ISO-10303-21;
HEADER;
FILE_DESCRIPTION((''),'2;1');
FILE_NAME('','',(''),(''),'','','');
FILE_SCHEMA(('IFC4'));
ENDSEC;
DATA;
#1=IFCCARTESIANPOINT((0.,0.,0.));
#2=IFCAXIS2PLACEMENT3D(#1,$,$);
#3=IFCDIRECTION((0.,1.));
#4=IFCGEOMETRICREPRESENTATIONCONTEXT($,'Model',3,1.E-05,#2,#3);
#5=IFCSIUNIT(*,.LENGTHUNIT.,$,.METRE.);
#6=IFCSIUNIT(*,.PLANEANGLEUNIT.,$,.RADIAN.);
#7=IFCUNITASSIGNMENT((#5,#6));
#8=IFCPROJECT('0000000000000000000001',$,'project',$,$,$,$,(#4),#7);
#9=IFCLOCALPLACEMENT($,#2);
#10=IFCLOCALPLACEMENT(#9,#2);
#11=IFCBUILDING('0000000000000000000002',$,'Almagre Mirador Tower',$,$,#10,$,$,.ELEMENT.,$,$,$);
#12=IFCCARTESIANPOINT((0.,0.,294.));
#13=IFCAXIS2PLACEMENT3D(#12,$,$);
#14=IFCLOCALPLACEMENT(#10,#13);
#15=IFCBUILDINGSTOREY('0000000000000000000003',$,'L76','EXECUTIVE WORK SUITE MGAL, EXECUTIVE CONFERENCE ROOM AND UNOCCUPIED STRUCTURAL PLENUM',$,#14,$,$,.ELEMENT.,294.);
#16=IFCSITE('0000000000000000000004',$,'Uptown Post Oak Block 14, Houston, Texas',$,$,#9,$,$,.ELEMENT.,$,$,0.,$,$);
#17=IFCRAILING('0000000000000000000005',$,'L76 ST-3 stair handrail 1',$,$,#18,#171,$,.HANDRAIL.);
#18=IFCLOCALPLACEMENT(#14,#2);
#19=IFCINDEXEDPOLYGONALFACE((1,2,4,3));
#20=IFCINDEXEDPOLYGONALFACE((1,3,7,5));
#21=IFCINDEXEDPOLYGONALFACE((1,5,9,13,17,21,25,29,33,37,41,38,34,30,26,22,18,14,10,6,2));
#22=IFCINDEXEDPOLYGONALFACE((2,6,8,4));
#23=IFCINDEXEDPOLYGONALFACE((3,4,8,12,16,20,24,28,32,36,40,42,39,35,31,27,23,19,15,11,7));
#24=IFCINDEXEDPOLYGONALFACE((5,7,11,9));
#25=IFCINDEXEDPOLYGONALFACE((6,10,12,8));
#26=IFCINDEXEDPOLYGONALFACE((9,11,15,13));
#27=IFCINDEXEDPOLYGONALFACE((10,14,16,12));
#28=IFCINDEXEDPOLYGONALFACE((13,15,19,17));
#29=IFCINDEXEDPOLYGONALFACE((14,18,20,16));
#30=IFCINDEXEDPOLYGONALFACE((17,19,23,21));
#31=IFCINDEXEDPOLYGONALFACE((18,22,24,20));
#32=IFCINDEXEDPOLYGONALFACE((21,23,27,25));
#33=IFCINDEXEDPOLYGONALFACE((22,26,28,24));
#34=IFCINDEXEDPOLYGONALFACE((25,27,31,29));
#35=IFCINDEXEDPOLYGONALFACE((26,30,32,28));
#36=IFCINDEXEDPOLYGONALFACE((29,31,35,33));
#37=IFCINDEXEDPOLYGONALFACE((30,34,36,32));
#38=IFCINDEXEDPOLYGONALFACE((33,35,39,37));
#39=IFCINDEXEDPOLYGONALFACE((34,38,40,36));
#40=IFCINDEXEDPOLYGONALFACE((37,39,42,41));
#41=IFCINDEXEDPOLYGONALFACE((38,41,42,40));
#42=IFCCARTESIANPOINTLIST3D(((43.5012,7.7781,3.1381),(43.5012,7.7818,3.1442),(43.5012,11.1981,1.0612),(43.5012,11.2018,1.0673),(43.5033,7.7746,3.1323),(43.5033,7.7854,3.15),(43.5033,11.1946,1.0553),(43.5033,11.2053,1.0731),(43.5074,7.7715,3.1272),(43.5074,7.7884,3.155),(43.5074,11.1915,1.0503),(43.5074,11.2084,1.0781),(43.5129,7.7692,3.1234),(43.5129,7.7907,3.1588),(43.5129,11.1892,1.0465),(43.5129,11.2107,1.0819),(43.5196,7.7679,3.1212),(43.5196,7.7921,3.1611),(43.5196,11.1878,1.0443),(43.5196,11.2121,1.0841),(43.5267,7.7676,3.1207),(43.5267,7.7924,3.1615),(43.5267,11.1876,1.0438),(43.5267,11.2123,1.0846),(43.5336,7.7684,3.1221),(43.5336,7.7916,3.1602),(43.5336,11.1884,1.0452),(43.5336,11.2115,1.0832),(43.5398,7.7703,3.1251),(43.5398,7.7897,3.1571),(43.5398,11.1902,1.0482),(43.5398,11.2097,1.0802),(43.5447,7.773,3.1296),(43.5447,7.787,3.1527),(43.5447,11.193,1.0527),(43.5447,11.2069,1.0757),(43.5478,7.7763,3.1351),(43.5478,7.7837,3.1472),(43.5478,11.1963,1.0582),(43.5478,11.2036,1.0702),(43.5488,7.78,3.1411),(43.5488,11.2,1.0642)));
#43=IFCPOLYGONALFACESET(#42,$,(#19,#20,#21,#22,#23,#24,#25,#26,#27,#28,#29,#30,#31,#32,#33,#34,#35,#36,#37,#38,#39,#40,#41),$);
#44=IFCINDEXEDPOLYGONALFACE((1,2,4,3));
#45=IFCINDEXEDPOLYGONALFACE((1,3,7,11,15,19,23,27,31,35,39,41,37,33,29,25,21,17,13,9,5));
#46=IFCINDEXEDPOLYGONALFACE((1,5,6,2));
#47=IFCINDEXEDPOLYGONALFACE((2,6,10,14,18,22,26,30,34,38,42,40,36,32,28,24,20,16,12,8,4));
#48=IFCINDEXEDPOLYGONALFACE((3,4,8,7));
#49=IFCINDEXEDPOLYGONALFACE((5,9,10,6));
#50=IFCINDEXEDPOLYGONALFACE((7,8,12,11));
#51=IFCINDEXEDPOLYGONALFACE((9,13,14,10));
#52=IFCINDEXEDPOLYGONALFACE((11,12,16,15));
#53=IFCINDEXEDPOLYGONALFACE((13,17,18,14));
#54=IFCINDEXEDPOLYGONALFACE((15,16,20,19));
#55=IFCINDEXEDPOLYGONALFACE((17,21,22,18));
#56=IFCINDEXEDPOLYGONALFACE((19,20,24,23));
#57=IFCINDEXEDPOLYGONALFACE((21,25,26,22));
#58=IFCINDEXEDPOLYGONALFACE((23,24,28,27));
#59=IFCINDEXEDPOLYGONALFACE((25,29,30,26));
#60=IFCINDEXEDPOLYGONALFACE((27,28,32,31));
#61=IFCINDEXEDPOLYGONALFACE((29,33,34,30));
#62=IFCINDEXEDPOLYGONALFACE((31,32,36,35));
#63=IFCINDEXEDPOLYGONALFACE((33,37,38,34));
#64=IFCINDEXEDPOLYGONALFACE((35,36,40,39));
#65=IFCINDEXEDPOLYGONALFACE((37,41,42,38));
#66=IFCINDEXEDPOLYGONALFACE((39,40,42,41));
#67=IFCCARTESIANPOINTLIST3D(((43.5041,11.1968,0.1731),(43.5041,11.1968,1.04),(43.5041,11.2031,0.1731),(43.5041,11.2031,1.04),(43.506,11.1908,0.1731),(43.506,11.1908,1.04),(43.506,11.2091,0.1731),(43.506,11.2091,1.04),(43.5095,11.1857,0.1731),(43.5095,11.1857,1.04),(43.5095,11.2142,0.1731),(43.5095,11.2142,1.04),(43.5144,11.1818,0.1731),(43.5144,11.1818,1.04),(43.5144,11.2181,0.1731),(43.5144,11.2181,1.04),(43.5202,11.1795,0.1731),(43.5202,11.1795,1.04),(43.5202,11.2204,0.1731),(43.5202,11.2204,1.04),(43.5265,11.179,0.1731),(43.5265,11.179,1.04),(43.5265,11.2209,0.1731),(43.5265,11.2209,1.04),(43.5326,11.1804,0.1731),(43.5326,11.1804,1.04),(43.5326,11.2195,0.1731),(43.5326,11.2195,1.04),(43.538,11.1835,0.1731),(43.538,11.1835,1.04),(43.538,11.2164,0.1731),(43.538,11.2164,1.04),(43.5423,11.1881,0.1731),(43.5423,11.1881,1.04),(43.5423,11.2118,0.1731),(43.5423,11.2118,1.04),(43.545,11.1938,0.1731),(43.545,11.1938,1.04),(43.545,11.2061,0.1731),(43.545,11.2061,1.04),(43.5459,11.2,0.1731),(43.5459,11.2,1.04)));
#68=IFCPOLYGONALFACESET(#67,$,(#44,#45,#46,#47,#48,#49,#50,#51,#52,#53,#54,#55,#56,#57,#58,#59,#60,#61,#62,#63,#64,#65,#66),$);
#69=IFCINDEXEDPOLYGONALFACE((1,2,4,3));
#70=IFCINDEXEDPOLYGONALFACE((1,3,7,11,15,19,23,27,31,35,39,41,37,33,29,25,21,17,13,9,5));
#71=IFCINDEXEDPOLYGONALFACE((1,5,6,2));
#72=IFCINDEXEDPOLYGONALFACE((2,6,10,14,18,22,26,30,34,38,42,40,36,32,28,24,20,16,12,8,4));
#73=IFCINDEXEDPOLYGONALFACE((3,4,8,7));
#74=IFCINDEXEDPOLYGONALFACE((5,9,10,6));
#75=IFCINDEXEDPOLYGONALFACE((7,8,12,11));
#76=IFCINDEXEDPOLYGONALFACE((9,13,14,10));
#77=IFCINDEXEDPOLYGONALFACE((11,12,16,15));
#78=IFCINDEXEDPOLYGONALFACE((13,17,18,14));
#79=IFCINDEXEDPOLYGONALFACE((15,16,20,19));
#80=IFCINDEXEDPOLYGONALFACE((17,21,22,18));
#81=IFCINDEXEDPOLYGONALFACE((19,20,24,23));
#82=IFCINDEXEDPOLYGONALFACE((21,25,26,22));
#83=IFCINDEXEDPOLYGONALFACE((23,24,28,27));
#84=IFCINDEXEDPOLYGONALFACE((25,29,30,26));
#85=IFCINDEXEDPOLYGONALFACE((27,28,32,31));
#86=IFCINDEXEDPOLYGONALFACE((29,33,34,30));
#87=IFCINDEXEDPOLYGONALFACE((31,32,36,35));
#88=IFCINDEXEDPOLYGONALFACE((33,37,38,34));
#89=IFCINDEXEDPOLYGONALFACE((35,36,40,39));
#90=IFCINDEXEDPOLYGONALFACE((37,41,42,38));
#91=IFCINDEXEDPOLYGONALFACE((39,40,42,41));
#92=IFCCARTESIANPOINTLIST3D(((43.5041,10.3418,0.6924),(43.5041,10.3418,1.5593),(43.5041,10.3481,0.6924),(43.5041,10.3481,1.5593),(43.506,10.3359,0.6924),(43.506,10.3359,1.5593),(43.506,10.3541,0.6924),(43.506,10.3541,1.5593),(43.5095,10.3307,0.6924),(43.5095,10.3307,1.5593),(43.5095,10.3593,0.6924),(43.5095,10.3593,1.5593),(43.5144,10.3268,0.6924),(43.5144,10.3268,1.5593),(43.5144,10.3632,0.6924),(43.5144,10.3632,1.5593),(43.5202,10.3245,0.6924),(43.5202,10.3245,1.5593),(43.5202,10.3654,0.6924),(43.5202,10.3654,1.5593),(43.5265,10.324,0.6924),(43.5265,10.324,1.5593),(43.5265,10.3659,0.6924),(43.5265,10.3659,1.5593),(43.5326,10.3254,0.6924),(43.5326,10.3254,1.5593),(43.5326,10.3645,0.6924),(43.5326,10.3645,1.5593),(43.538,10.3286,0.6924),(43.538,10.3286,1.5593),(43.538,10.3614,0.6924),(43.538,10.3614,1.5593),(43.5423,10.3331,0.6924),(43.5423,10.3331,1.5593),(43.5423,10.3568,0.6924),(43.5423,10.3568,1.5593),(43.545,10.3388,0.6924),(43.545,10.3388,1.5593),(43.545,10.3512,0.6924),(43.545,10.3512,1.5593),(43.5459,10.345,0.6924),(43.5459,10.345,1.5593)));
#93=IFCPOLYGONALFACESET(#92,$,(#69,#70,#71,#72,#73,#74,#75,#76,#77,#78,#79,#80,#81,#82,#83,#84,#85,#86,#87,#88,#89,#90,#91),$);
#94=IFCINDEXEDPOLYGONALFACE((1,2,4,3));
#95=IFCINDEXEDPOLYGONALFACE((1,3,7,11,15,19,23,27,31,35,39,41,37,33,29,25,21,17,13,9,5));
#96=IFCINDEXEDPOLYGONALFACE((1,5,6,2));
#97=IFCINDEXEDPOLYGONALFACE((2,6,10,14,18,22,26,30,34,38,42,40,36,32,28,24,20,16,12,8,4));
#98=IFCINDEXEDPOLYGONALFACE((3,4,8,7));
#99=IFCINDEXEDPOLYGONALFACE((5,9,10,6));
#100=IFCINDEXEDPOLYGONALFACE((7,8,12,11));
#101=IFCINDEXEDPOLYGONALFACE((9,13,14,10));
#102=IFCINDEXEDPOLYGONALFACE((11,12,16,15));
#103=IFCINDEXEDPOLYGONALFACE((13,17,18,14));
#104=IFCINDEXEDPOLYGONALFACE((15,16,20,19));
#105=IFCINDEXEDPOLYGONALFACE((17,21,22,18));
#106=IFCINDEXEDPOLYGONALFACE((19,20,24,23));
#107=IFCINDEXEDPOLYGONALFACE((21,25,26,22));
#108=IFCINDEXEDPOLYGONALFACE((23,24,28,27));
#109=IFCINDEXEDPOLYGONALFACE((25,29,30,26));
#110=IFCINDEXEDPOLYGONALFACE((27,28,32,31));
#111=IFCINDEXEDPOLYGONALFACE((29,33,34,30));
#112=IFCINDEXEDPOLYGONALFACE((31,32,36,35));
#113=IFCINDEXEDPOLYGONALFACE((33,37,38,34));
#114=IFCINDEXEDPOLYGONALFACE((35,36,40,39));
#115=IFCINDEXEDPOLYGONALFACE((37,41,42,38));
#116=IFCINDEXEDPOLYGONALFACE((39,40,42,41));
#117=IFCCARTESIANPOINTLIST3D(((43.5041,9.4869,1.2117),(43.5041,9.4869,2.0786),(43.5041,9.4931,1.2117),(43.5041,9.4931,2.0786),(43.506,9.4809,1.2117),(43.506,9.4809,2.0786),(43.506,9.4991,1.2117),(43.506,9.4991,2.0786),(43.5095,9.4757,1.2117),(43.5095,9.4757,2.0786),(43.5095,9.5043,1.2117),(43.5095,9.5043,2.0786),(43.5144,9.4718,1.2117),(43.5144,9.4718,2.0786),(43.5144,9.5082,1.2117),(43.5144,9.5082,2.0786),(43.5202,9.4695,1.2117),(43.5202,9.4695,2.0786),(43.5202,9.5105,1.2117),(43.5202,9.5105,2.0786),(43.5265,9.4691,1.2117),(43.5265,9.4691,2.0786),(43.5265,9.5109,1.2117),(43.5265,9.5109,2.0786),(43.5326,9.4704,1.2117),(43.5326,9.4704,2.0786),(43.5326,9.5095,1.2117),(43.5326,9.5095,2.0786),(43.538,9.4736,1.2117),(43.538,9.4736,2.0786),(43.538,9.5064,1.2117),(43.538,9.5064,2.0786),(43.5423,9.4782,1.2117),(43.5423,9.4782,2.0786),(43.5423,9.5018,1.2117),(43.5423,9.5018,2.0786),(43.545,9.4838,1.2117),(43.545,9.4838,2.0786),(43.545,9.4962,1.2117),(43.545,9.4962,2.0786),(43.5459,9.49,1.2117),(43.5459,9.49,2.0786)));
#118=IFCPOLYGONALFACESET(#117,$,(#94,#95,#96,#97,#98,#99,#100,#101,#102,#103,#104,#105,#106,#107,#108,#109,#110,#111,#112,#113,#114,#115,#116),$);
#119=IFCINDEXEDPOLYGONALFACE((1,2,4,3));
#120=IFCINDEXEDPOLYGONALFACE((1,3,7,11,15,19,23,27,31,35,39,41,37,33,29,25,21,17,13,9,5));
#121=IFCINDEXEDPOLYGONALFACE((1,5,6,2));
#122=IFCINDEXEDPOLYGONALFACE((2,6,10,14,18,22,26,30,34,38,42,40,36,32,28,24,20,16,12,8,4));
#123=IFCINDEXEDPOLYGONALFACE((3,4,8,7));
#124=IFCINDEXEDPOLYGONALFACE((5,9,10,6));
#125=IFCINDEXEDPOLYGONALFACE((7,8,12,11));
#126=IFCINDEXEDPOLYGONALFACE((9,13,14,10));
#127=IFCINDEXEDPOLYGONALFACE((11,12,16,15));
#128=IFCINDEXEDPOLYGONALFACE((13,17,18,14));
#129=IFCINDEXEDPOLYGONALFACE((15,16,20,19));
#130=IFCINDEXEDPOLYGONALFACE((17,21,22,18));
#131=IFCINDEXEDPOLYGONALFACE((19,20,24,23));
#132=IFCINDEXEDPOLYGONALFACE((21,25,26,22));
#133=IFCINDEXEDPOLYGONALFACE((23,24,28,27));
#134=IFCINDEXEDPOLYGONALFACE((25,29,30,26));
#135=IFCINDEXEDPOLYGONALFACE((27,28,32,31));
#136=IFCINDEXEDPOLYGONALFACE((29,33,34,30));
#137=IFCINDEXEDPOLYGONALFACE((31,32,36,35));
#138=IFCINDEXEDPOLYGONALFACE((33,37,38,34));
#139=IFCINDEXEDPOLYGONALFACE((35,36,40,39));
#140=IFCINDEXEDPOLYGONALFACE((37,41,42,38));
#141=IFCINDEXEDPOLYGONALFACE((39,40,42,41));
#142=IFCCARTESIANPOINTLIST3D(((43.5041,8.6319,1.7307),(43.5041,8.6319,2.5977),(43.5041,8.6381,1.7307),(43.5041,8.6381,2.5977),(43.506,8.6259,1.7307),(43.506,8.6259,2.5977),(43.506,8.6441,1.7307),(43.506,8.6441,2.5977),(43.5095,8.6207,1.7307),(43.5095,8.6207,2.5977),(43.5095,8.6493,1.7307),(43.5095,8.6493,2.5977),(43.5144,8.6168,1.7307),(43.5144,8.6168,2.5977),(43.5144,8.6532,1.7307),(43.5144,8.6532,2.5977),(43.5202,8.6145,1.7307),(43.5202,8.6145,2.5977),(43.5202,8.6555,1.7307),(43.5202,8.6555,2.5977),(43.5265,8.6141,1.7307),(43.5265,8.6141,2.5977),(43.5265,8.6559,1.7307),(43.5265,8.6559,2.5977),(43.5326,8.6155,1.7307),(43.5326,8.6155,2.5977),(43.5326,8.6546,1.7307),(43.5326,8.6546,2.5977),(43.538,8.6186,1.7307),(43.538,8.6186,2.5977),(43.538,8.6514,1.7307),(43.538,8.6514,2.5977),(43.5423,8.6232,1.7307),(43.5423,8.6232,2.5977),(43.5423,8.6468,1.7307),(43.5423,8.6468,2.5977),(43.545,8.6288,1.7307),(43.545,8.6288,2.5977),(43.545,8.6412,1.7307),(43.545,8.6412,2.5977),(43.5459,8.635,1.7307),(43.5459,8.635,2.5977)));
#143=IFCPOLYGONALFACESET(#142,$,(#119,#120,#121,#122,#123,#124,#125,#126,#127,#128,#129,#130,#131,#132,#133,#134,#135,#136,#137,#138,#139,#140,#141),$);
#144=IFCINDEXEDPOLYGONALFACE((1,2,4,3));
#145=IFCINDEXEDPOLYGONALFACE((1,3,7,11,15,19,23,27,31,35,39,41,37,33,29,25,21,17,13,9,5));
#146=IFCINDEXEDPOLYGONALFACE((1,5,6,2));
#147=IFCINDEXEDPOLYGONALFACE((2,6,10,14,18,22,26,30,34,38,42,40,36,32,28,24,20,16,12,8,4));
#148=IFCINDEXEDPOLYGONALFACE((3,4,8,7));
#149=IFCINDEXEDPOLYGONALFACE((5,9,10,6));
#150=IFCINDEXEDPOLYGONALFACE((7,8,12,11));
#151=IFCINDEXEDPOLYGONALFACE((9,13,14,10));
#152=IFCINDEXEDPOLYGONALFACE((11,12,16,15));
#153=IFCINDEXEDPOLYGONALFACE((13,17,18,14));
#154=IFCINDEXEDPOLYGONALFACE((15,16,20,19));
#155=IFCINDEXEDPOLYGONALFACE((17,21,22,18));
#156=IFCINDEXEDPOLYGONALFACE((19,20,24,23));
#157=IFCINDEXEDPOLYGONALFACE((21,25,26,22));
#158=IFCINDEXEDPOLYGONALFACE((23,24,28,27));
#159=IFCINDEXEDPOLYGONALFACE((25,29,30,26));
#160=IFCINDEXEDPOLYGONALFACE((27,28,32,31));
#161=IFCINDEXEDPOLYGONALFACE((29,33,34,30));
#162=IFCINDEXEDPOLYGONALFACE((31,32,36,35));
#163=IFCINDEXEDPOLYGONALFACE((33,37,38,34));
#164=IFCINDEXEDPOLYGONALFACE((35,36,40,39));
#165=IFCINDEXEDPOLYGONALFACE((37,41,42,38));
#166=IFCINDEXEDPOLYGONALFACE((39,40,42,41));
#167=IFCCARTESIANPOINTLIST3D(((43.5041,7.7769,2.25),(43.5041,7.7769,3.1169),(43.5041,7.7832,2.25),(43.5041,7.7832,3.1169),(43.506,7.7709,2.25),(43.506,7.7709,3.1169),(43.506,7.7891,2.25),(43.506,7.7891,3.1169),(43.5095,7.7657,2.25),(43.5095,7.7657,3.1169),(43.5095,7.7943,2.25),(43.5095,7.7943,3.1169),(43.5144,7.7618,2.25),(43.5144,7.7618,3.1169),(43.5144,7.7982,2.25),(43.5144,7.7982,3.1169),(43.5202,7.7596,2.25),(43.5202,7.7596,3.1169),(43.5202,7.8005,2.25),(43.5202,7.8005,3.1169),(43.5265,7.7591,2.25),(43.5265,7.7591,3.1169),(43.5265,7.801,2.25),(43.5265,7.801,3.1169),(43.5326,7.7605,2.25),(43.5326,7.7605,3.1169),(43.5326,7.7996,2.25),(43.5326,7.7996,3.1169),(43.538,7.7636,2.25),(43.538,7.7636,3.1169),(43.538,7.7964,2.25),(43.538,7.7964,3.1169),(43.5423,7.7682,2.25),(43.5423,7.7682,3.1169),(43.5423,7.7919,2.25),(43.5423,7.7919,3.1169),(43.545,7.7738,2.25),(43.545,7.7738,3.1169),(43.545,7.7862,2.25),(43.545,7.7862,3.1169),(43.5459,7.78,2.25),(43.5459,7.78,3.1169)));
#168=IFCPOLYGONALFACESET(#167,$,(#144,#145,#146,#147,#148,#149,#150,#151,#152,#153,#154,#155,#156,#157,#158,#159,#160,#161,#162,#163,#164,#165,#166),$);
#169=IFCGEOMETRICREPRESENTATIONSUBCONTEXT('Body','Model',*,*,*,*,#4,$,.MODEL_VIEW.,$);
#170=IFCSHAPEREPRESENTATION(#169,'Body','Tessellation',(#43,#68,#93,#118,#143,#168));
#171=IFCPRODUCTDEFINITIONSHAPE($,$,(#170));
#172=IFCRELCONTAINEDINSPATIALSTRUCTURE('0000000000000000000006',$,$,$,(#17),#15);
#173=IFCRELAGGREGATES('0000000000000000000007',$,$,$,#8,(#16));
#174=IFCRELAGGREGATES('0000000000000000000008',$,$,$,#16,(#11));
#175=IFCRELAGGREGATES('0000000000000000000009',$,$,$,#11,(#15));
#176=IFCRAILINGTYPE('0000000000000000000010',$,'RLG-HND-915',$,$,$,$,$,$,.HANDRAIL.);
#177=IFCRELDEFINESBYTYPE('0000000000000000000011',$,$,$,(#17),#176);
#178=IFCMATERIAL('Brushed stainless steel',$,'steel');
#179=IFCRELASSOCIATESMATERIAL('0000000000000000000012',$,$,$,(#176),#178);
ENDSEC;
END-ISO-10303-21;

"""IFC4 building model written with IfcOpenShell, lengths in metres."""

from ifc_helpers import new_model, si_unit, direction, frame, origin, origin_2d, place, context, subcontext, project, spatial, circle, extrude, material, type_object, element, save


model = new_model("IFC4")

# Units and contexts
model_context = context("Model", 3, precision=1e-05, world=origin(), true_north=direction((0.0, 1.0)))
body_context = subcontext(model_context, "Body", "Model", "MODEL_VIEW")
ifc_project = project(units=[si_unit("LENGTHUNIT", "METRE"), si_unit("PLANEANGLEUNIT", "RADIAN")], contexts=[model_context])

# Site, building, storey
site_placement = place(None, origin())
site = spatial("IfcSite", under=ifc_project, at=site_placement, Name="Uptown Post Oak Block 14, Houston, Texas", CompositionType="ELEMENT", RefElevation=0.0)
building_placement = place(site_placement, origin())
building = spatial("IfcBuilding", under=site, at=building_placement, Name="Almagre Mirador Tower", CompositionType="ELEMENT")
storey_placement = place(building_placement, frame((0.0, 0.0, 294.0)))
storey = spatial("IfcBuildingStorey", under=building, at=storey_placement, Name="L76", Description="EXECUTIVE WORK SUITE MGAL, EXECUTIVE CONFERENCE ROOM AND UNOCCUPIED STRUCTURAL PLENUM", CompositionType="ELEMENT", Elevation=294.0)

# Railing
ifc_material_1 = material(Name="Brushed stainless steel", Category="steel")
railing_type_1 = type_object("IfcRailingType", Name="RLG-HND-915", PredefinedType="HANDRAIL", material=ifc_material_1)
railing_1_placement = place(storey_placement, frame((43.5249, 11.2, 0.1731)))
element("IfcRailing", 1, at=railing_1_placement, inside=storey, type_object=railing_type_1, Name="L76 ST-3 stair handrail 1", PredefinedType="HANDRAIL", context=body_context, shape_type="SweptSolid", body=[
    extrude(circle(Radius=0.0239, at=origin_2d()), frame((0.0, 0.0, 0.8911), z_axis=(0.0, -0.85473, 0.519074), x_axis=(1.0, 0.0, 0.0)), (0.0, 0.0, 1.0), 4.0012),
    extrude(circle(Radius=0.021, at=origin_2d()), origin(), (0.0, 0.0, 1.0), 0.8669),
    extrude(circle(Radius=0.021, at=origin_2d()), frame((0.0, -0.855, 0.5193)), (0.0, 0.0, 1.0), 0.8669),
    extrude(circle(Radius=0.021, at=origin_2d()), frame((0.0, -1.71, 1.0386)), (0.0, 0.0, 1.0), 0.8669),
    extrude(circle(Radius=0.021, at=origin_2d()), frame((0.0, -2.5649, 1.5576)), (0.0, 0.0, 1.0), 0.8669),
    extrude(circle(Radius=0.021, at=origin_2d()), frame((0.0, -3.4199, 2.0769)), (0.0, 0.0, 1.0), 0.8669),
])

save(model, "model.ifc")
